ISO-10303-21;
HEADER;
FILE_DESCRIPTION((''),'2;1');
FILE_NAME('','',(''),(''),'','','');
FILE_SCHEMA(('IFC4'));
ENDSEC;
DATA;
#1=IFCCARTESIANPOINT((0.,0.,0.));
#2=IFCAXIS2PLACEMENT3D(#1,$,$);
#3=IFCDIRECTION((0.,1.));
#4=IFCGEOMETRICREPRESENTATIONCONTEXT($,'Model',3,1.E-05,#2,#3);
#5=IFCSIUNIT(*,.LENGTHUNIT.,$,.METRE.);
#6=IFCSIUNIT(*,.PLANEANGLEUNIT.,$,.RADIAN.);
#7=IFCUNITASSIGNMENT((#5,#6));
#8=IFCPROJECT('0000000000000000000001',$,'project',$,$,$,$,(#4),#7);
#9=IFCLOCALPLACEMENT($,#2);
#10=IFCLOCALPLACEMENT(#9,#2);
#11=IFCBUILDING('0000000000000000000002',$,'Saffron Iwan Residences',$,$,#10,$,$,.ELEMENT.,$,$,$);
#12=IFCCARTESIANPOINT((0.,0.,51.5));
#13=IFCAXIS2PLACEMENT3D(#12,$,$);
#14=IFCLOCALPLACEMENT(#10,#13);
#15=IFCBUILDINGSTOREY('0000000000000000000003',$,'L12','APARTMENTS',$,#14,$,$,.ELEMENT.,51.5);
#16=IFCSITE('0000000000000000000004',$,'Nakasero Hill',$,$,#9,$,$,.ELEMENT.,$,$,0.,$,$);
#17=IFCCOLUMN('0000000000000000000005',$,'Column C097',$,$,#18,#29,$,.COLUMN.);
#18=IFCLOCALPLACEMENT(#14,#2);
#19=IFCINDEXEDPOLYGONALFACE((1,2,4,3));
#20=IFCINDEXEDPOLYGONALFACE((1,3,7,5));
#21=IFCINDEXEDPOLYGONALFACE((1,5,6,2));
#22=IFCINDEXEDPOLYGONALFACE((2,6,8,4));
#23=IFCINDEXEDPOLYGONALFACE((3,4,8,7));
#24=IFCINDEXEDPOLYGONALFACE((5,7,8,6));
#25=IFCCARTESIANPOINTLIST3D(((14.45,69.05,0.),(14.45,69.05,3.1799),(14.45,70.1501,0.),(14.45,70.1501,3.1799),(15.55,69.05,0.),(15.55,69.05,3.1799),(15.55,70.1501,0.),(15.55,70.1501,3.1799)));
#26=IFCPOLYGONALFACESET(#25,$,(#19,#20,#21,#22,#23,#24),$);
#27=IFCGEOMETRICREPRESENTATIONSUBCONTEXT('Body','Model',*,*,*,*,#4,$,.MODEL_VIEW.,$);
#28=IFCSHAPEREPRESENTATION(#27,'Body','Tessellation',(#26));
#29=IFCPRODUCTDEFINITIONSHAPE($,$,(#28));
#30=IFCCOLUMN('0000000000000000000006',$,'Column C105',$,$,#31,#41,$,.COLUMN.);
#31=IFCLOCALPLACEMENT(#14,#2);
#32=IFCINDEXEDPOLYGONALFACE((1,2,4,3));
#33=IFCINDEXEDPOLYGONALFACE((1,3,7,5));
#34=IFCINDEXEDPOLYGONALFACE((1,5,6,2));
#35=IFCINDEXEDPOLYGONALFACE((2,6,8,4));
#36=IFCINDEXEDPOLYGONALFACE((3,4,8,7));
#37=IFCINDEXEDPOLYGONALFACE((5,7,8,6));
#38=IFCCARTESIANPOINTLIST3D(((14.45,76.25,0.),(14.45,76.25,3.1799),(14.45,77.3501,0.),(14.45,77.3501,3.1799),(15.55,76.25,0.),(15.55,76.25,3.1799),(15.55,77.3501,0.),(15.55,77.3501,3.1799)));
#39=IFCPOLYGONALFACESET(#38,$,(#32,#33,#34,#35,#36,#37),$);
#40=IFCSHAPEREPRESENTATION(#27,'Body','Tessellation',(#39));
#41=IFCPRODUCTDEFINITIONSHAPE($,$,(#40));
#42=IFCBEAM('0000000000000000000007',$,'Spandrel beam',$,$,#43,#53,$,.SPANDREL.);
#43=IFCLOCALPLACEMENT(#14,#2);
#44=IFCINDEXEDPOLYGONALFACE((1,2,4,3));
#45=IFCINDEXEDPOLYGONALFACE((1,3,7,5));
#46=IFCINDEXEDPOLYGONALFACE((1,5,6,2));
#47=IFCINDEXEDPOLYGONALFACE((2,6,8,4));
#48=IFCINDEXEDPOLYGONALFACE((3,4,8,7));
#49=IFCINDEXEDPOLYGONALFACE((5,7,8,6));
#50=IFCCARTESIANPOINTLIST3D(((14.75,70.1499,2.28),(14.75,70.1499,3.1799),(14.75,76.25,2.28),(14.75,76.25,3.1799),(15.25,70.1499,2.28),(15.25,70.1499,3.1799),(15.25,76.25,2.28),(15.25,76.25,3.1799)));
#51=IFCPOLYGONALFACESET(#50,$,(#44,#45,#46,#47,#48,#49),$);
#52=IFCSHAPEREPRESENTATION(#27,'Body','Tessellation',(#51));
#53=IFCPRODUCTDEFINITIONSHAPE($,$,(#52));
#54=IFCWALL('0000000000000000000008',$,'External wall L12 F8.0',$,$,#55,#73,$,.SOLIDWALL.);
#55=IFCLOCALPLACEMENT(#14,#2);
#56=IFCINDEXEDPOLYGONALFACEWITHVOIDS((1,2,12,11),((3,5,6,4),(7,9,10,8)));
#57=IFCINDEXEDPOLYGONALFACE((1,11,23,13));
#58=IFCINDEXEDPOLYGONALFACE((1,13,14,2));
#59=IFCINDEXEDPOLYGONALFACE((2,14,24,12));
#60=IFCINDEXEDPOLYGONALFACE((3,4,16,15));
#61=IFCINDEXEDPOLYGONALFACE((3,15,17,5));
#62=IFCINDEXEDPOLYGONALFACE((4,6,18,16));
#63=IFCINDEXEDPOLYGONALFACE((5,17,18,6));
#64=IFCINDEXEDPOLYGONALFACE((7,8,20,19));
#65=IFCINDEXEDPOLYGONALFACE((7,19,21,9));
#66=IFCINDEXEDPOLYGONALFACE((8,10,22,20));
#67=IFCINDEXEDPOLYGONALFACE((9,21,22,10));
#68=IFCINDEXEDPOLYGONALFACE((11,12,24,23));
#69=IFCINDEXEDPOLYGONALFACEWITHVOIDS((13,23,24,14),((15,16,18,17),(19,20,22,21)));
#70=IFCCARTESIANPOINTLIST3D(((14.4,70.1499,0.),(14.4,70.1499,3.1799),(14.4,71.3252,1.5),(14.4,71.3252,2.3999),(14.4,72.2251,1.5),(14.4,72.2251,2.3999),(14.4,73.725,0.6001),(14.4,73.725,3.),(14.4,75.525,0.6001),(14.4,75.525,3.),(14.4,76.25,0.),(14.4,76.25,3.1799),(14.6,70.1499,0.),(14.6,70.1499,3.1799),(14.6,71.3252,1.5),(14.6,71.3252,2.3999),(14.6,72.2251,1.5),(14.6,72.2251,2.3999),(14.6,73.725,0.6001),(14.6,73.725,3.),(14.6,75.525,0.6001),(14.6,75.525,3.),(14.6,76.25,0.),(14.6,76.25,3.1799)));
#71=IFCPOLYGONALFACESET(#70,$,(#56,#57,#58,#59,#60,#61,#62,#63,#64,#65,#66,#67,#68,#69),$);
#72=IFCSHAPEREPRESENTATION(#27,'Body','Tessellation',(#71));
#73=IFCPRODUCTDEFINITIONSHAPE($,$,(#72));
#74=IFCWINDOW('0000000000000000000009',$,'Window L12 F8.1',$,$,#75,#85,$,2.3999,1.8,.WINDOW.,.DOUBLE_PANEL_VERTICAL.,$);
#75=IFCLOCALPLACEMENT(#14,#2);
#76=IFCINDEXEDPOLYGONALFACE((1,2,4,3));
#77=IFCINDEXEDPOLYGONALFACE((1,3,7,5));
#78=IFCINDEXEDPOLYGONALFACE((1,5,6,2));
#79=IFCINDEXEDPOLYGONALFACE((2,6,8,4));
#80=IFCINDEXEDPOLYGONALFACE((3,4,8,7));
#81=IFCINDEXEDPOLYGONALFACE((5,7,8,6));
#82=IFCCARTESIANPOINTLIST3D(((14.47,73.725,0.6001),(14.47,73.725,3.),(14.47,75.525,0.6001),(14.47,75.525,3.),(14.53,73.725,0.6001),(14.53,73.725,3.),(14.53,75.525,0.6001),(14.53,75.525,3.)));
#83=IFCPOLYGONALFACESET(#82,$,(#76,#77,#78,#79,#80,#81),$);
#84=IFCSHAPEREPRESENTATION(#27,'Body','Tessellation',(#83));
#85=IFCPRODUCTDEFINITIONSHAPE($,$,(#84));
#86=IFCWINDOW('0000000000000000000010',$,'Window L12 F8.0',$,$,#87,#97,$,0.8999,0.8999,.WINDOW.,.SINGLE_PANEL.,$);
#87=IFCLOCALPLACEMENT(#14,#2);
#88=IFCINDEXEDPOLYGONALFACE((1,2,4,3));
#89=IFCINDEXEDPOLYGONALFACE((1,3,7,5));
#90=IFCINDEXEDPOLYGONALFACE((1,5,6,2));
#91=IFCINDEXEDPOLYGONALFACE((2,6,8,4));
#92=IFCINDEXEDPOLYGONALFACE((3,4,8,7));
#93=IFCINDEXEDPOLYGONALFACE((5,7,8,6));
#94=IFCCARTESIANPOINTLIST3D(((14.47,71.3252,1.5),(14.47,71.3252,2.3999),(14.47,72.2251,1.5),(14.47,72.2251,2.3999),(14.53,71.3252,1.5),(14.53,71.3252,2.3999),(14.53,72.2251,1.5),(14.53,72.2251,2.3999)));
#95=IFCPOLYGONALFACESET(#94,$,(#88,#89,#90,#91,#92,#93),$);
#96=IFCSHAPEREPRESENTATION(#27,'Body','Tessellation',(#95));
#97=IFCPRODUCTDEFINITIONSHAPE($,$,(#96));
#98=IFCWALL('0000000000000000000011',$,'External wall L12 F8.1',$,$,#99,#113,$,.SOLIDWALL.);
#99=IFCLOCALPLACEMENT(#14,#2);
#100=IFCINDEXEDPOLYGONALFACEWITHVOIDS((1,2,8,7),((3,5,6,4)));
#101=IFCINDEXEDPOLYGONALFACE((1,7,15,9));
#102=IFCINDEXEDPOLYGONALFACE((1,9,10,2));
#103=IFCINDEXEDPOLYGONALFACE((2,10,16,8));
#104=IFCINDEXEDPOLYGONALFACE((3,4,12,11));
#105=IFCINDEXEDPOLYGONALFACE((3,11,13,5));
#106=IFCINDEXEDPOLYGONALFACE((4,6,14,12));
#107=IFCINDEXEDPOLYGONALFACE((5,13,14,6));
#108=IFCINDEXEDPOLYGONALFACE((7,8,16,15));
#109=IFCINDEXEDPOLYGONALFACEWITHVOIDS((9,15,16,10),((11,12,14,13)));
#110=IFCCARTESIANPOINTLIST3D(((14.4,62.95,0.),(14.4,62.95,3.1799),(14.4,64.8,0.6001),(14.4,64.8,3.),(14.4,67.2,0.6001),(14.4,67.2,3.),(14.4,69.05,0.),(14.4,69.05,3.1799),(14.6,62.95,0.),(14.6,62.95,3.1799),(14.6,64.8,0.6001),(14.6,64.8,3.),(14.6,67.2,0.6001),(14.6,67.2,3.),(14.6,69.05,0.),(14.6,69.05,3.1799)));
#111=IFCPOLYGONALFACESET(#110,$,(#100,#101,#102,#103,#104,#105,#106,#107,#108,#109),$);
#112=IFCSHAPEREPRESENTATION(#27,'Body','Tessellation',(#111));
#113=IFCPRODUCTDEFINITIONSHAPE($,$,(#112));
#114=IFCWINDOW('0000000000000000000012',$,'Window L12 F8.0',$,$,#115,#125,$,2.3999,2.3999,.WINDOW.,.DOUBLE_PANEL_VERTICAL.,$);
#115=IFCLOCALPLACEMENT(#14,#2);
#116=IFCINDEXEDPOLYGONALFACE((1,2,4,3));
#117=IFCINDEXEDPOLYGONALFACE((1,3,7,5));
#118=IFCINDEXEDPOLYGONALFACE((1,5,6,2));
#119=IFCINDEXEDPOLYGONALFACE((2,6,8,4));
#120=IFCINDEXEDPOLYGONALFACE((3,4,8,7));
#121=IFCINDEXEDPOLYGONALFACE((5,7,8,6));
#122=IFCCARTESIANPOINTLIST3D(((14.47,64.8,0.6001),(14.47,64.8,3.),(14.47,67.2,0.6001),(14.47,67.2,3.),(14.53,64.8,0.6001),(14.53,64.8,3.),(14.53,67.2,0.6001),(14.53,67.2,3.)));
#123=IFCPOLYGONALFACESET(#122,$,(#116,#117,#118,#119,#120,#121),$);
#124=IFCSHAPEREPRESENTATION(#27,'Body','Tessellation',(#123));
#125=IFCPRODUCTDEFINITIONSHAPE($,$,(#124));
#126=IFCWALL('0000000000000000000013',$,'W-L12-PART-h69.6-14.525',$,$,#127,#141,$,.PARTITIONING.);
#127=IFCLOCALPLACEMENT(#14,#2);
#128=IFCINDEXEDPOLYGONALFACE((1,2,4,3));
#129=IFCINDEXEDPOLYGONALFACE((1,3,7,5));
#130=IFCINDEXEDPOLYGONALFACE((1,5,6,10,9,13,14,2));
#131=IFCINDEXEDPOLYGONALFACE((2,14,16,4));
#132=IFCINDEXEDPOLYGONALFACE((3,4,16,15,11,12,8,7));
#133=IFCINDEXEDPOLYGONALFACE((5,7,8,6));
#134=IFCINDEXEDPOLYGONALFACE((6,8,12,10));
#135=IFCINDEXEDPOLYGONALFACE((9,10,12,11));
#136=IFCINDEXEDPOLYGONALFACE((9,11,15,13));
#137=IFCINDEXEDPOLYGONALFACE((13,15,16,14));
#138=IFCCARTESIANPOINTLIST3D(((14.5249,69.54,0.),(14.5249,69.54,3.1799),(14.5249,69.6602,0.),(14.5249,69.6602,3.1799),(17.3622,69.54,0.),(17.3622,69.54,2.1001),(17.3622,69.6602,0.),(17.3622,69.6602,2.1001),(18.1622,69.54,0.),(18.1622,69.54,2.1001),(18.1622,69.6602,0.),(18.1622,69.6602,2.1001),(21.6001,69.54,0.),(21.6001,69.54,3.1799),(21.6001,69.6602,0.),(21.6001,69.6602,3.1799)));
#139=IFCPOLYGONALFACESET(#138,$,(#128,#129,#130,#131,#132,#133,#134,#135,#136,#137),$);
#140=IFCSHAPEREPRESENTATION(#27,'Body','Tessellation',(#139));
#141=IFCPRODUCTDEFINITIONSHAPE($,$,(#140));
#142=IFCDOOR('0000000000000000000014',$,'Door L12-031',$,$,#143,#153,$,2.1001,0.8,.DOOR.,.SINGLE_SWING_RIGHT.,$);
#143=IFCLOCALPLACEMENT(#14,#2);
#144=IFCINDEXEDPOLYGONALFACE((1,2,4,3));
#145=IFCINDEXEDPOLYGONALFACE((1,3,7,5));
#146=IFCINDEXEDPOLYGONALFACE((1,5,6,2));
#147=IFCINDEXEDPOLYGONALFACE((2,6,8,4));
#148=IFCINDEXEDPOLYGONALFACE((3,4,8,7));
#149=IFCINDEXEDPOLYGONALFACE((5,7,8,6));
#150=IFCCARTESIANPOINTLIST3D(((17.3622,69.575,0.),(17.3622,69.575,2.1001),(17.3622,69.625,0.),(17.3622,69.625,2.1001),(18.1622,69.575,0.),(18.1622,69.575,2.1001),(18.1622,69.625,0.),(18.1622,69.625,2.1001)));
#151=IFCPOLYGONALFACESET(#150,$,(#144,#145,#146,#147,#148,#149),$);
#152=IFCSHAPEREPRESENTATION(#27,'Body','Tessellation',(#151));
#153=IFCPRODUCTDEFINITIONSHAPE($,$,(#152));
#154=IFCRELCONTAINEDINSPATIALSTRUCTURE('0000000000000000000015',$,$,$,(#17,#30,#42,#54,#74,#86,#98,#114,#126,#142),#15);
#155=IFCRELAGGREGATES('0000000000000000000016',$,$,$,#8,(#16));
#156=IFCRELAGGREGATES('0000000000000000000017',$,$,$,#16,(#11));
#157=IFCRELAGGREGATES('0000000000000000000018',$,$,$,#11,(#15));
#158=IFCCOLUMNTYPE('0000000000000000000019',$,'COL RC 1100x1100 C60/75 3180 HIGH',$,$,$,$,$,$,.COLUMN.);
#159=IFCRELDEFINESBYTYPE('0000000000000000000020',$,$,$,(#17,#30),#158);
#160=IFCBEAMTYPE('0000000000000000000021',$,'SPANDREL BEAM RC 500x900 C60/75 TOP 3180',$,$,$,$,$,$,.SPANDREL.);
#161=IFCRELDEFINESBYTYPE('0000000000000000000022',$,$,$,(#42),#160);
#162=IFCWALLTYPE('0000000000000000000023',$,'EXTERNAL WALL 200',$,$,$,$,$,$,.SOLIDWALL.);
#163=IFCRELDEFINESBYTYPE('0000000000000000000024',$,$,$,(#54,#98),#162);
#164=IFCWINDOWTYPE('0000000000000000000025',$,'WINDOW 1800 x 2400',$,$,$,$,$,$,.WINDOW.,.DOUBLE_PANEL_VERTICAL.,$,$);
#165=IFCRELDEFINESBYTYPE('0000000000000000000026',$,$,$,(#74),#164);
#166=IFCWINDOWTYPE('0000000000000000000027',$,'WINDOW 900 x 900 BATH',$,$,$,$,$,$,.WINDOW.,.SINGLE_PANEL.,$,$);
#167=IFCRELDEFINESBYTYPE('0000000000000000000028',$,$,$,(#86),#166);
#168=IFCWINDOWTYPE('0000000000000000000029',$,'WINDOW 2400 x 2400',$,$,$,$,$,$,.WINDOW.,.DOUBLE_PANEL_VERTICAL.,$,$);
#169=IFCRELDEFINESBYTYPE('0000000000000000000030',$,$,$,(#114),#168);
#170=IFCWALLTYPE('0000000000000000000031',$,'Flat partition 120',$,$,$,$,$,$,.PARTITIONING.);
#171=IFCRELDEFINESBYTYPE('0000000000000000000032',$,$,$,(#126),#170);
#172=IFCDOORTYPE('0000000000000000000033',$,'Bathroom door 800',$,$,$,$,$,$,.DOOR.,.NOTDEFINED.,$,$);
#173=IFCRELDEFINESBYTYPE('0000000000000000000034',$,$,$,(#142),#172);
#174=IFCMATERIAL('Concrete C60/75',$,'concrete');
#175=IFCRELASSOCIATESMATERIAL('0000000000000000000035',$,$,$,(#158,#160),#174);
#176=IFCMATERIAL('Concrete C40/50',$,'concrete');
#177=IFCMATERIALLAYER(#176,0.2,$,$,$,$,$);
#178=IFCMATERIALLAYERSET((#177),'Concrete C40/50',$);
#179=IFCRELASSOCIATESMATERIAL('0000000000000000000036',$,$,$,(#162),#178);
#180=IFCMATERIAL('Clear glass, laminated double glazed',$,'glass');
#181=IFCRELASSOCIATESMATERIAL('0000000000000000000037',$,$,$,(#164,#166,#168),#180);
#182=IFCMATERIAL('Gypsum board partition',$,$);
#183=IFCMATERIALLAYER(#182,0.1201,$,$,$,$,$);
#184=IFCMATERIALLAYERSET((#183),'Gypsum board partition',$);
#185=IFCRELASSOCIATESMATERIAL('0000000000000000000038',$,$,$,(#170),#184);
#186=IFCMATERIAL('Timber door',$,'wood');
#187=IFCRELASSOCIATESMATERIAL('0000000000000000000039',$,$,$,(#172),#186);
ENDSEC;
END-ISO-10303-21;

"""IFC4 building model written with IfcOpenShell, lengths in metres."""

from ifc_helpers import new_model, si_unit, direction, frame, frame_2d, origin, origin_2d, place, context, subcontext, project, spatial, rectangle, extrude, source, transform, mapped, material, layer, layer_set, material_profile, profile_set, type_object, element, fill, save


model = new_model("IFC4")

# Units and contexts
model_context = context("Model", 3, precision=1e-05, world=origin(), true_north=direction((0.0, 1.0)))
body_context = subcontext(model_context, "Body", "Model", "MODEL_VIEW")
ifc_project = project(units=[si_unit("LENGTHUNIT", "METRE"), si_unit("PLANEANGLEUNIT", "RADIAN")], contexts=[model_context])

# Site, building, storey
site_placement = place(None, origin())
site = spatial("IfcSite", under=ifc_project, at=site_placement, Name="Nakasero Hill", CompositionType="ELEMENT", RefElevation=0.0)
building_placement = place(site_placement, origin())
building = spatial("IfcBuilding", under=site, at=building_placement, Name="Saffron Iwan Residences", CompositionType="ELEMENT")
storey_placement = place(building_placement, frame((0.0, 0.0, 51.5)))
storey = spatial("IfcBuildingStorey", under=building, at=storey_placement, Name="L12", Description="APARTMENTS", CompositionType="ELEMENT", Elevation=51.5)

# Columns
ifc_material_1 = material(Name="Concrete C60/75", Category="concrete")
ifc_material_profile_1 = material_profile(ifc_material_1, rectangle(XDim=1.1001, YDim=1.1001, at=origin_2d()), Name="RC 1100x1100")
ifc_profile_set_1 = profile_set([ifc_material_profile_1], Name="Concrete C60/75")
column_type = type_object("IfcColumnType", Name="COL RC 1100x1100 C60/75 3180 HIGH", PredefinedType="COLUMN", material=ifc_profile_set_1)
shared_shape_1 = source(origin(), body_context, "Body", "SweptSolid", [
    extrude(rectangle(XDim=1.1001, YDim=1.1001, at=origin_2d()), origin(), (0.0, 0.0, 1.0), 3.1799),
])
for number, where, z_axis, x_axis, name in (
    (1, (15.0, 69.6001, 0.0), (0.0, 0.0, 1.0), (1.0, 0.0, 0.0), "Column C097"),
    (2, (15.0, 76.8, 0.0), (0.0, 0.0, 1.0), (1.0, 0.0, 0.0), "Column C105"),
):
    element("IfcColumn", number, at=place(storey_placement, frame(where, z_axis=z_axis, x_axis=x_axis)), inside=storey, type_object=column_type, Name=name, PredefinedType="COLUMN", context=body_context, shape_type="MappedRepresentation", body=[
        mapped(shared_shape_1, transform((0.0, 0.0, 0.0))),
    ])

# Beam
ifc_material_profile_2 = material_profile(ifc_material_1, rectangle(XDim=0.5, YDim=0.8999, at=origin_2d()), Name="RC 500x900")
ifc_profile_set_2 = profile_set([ifc_material_profile_2], Name="Concrete C60/75")
beam_type = type_object("IfcBeamType", Name="SPANDREL BEAM RC 500x900 C60/75 TOP 3180", PredefinedType="SPANDREL", material=ifc_profile_set_2)
shared_shape_2 = source(origin(), body_context, "Body", "SweptSolid", [
    extrude(rectangle(XDim=0.5, YDim=0.8999, at=origin_2d()), origin(), (0.0, 0.0, 1.0), 6.1001),
])
beam_placement = place(storey_placement, frame((15.0, 70.1499, 2.73), z_axis=(0.0, 1.0, 0.0), x_axis=(-1.0, 0.0, 0.0)))
element("IfcBeam", 3, at=beam_placement, inside=storey, type_object=beam_type, Name="Spandrel beam", PredefinedType="SPANDREL", context=body_context, shape_type="MappedRepresentation", body=[
    mapped(shared_shape_2, transform((0.0, 0.0, 0.0))),
])

# Wall, openings, windows
ifc_material_2 = material(Name="Concrete C40/50", Category="concrete")
ifc_layer_1 = layer(ifc_material_2, 0.2)
ifc_layer_set_1 = layer_set([ifc_layer_1], Name="Concrete C40/50")
wall_type_1 = type_object("IfcWallType", Name="EXTERNAL WALL 200", PredefinedType="SOLIDWALL", material=ifc_layer_set_1)
wall_1_placement = place(storey_placement, frame((14.5, 76.25, 0.0), z_axis=(0.0, 0.0, 1.0), x_axis=(0.0, -1.0, 0.0)))
wall_1 = element("IfcWall", 4, at=wall_1_placement, inside=storey, type_object=wall_type_1, Name="External wall L12 F8.0", PredefinedType="SOLIDWALL", context=body_context, shape_type="SweptSolid", body=[
    extrude(rectangle(XDim=6.1001, YDim=0.2, at=frame_2d((3.05, 0.0))), origin(), (0.0, 0.0, 1.0), 3.1799),
])
opening_1_placement = place(wall_1_placement, frame((4.0249, 0.0, 1.5)))
opening_1 = element("IfcOpeningElement", 5, at=opening_1_placement, cuts=wall_1, PredefinedType="OPENING", context=body_context, shape_type="SweptSolid", body=[
    extrude(rectangle(XDim=0.8999, YDim=0.8999, at=frame_2d((0.45, 0.45))), frame((0.0, 0.1099, 0.0), z_axis=(0.0, -1.0, 0.0), x_axis=(1.0, 0.0, 0.0)), (0.0, 0.0, 1.0), 0.22),
])
opening_2_placement = place(wall_1_placement, frame((0.7251, 0.0, 0.6001)))
opening_2 = element("IfcOpeningElement", 6, at=opening_2_placement, cuts=wall_1, PredefinedType="OPENING", context=body_context, shape_type="SweptSolid", body=[
    extrude(rectangle(XDim=1.8, YDim=2.3999, at=frame_2d((0.8999, 1.2))), frame((0.0, 0.1099, 0.0), z_axis=(0.0, -1.0, 0.0), x_axis=(1.0, 0.0, 0.0)), (0.0, 0.0, 1.0), 0.22),
])
ifc_material_3 = material(Name="Clear glass, laminated double glazed", Category="glass")
window_type_1 = type_object("IfcWindowType", Name="WINDOW 1800 x 2400", PartitioningType="DOUBLE_PANEL_VERTICAL", PredefinedType="WINDOW", material=ifc_material_3)
window_1_placement = place(opening_2_placement, origin())
window_1 = element("IfcWindow", 7, at=window_1_placement, inside=storey, type_object=window_type_1, Name="Window L12 F8.1", OverallHeight=2.3999, OverallWidth=1.8, PartitioningType="DOUBLE_PANEL_VERTICAL", PredefinedType="WINDOW", context=body_context, shape_type="SweptSolid", body=[
    extrude(rectangle(XDim=1.8, YDim=2.3999, at=frame_2d((0.8999, 1.2))), frame((0.0, 0.03, 0.0), z_axis=(0.0, -1.0, 0.0), x_axis=(1.0, 0.0, 0.0)), (0.0, 0.0, 1.0), 0.0601),
])
fill(opening_2, window_1)
window_type_2 = type_object("IfcWindowType", Name="WINDOW 900 x 900 BATH", PartitioningType="SINGLE_PANEL", PredefinedType="WINDOW", material=ifc_material_3)
window_2_placement = place(opening_1_placement, origin())
window_2 = element("IfcWindow", 8, at=window_2_placement, inside=storey, type_object=window_type_2, Name="Window L12 F8.0", OverallHeight=0.8999, OverallWidth=0.8999, PartitioningType="SINGLE_PANEL", PredefinedType="WINDOW", context=body_context, shape_type="SweptSolid", body=[
    extrude(rectangle(XDim=0.8999, YDim=0.8999, at=frame_2d((0.45, 0.45))), frame((0.0, 0.03, 0.0), z_axis=(0.0, -1.0, 0.0), x_axis=(1.0, 0.0, 0.0)), (0.0, 0.0, 1.0), 0.0601),
])
fill(opening_1, window_2)

# Wall, opening, window
wall_2_placement = place(storey_placement, frame((14.5, 69.05, 0.0), z_axis=(0.0, 0.0, 1.0), x_axis=(0.0, -1.0, 0.0)))
wall_2 = element("IfcWall", 9, at=wall_2_placement, inside=storey, type_object=wall_type_1, Name="External wall L12 F8.1", PredefinedType="SOLIDWALL", context=body_context, shape_type="SweptSolid", body=[
    extrude(rectangle(XDim=6.1001, YDim=0.2, at=frame_2d((3.05, 0.0))), origin(), (0.0, 0.0, 1.0), 3.1799),
])
opening_3_placement = place(wall_2_placement, frame((1.8501, 0.0, 0.6001)))
opening_3 = element("IfcOpeningElement", 10, at=opening_3_placement, cuts=wall_2, PredefinedType="OPENING", context=body_context, shape_type="SweptSolid", body=[
    extrude(rectangle(XDim=2.3999, YDim=2.3999, at=frame_2d((1.2, 1.2))), frame((0.0, 0.1099, 0.0), z_axis=(0.0, -1.0, 0.0), x_axis=(1.0, 0.0, 0.0)), (0.0, 0.0, 1.0), 0.22),
])
window_type_3 = type_object("IfcWindowType", Name="WINDOW 2400 x 2400", PartitioningType="DOUBLE_PANEL_VERTICAL", PredefinedType="WINDOW", material=ifc_material_3)
window_3_placement = place(opening_3_placement, origin())
window_3 = element("IfcWindow", 11, at=window_3_placement, inside=storey, type_object=window_type_3, Name="Window L12 F8.0", OverallHeight=2.3999, OverallWidth=2.3999, PartitioningType="DOUBLE_PANEL_VERTICAL", PredefinedType="WINDOW", context=body_context, shape_type="SweptSolid", body=[
    extrude(rectangle(XDim=2.3999, YDim=2.3999, at=frame_2d((1.2, 1.2))), frame((0.0, 0.03, 0.0), z_axis=(0.0, -1.0, 0.0), x_axis=(1.0, 0.0, 0.0)), (0.0, 0.0, 1.0), 0.0601),
])
fill(opening_3, window_3)

# Wall, opening, door
ifc_material_4 = material(Name="Gypsum board partition")
ifc_layer_2 = layer(ifc_material_4, 0.1201)
ifc_layer_set_2 = layer_set([ifc_layer_2], Name="Gypsum board partition")
wall_type_2 = type_object("IfcWallType", Name="Flat partition 120", PredefinedType="PARTITIONING", material=ifc_layer_set_2)
wall_3_placement = place(storey_placement, frame((14.5249, 69.6001, 0.0), z_axis=(0.0, 0.0, 1.0), x_axis=(1.0, 0.0, 0.0)))
wall_3 = element("IfcWall", 12, at=wall_3_placement, inside=storey, type_object=wall_type_2, Name="W-L12-PART-h69.6-14.525", PredefinedType="PARTITIONING", context=body_context, shape_type="SweptSolid", body=[
    extrude(rectangle(XDim=7.0752, YDim=0.1201, at=frame_2d((3.5376, 0.0))), origin(), (0.0, 0.0, 1.0), 3.1799),
])
opening_4_placement = place(wall_3_placement, frame((2.8374, 0.0, 0.0)))
opening_4 = element("IfcOpeningElement", 13, at=opening_4_placement, cuts=wall_3, PredefinedType="OPENING", context=body_context, shape_type="SweptSolid", body=[
    extrude(rectangle(XDim=0.8, YDim=2.1001, at=frame_2d((0.3999, 1.05))), frame((0.0, 0.0701, 0.0), z_axis=(0.0, -1.0, 0.0), x_axis=(1.0, 0.0, 0.0)), (0.0, 0.0, 1.0), 0.1401),
])
ifc_material_5 = material(Name="Timber door", Category="wood")
door_type_1 = type_object("IfcDoorType", Name="Bathroom door 800", OperationType="NOTDEFINED", PredefinedType="DOOR", material=ifc_material_5)
door_1_placement = place(opening_4_placement, origin())
door_1 = element("IfcDoor", 14, at=door_1_placement, inside=storey, type_object=door_type_1, Name="Door L12-031", OperationType="SINGLE_SWING_RIGHT", OverallHeight=2.1001, OverallWidth=0.8, PredefinedType="DOOR", context=body_context, shape_type="SweptSolid", body=[
    extrude(rectangle(XDim=0.8, YDim=2.1001, at=frame_2d((0.3999, 1.05))), frame((0.0, 0.0249, 0.0), z_axis=(0.0, -1.0, 0.0), x_axis=(1.0, 0.0, 0.0)), (0.0, 0.0, 1.0), 0.05),
])
fill(opening_4, door_1)

save(model, "model.ifc")
